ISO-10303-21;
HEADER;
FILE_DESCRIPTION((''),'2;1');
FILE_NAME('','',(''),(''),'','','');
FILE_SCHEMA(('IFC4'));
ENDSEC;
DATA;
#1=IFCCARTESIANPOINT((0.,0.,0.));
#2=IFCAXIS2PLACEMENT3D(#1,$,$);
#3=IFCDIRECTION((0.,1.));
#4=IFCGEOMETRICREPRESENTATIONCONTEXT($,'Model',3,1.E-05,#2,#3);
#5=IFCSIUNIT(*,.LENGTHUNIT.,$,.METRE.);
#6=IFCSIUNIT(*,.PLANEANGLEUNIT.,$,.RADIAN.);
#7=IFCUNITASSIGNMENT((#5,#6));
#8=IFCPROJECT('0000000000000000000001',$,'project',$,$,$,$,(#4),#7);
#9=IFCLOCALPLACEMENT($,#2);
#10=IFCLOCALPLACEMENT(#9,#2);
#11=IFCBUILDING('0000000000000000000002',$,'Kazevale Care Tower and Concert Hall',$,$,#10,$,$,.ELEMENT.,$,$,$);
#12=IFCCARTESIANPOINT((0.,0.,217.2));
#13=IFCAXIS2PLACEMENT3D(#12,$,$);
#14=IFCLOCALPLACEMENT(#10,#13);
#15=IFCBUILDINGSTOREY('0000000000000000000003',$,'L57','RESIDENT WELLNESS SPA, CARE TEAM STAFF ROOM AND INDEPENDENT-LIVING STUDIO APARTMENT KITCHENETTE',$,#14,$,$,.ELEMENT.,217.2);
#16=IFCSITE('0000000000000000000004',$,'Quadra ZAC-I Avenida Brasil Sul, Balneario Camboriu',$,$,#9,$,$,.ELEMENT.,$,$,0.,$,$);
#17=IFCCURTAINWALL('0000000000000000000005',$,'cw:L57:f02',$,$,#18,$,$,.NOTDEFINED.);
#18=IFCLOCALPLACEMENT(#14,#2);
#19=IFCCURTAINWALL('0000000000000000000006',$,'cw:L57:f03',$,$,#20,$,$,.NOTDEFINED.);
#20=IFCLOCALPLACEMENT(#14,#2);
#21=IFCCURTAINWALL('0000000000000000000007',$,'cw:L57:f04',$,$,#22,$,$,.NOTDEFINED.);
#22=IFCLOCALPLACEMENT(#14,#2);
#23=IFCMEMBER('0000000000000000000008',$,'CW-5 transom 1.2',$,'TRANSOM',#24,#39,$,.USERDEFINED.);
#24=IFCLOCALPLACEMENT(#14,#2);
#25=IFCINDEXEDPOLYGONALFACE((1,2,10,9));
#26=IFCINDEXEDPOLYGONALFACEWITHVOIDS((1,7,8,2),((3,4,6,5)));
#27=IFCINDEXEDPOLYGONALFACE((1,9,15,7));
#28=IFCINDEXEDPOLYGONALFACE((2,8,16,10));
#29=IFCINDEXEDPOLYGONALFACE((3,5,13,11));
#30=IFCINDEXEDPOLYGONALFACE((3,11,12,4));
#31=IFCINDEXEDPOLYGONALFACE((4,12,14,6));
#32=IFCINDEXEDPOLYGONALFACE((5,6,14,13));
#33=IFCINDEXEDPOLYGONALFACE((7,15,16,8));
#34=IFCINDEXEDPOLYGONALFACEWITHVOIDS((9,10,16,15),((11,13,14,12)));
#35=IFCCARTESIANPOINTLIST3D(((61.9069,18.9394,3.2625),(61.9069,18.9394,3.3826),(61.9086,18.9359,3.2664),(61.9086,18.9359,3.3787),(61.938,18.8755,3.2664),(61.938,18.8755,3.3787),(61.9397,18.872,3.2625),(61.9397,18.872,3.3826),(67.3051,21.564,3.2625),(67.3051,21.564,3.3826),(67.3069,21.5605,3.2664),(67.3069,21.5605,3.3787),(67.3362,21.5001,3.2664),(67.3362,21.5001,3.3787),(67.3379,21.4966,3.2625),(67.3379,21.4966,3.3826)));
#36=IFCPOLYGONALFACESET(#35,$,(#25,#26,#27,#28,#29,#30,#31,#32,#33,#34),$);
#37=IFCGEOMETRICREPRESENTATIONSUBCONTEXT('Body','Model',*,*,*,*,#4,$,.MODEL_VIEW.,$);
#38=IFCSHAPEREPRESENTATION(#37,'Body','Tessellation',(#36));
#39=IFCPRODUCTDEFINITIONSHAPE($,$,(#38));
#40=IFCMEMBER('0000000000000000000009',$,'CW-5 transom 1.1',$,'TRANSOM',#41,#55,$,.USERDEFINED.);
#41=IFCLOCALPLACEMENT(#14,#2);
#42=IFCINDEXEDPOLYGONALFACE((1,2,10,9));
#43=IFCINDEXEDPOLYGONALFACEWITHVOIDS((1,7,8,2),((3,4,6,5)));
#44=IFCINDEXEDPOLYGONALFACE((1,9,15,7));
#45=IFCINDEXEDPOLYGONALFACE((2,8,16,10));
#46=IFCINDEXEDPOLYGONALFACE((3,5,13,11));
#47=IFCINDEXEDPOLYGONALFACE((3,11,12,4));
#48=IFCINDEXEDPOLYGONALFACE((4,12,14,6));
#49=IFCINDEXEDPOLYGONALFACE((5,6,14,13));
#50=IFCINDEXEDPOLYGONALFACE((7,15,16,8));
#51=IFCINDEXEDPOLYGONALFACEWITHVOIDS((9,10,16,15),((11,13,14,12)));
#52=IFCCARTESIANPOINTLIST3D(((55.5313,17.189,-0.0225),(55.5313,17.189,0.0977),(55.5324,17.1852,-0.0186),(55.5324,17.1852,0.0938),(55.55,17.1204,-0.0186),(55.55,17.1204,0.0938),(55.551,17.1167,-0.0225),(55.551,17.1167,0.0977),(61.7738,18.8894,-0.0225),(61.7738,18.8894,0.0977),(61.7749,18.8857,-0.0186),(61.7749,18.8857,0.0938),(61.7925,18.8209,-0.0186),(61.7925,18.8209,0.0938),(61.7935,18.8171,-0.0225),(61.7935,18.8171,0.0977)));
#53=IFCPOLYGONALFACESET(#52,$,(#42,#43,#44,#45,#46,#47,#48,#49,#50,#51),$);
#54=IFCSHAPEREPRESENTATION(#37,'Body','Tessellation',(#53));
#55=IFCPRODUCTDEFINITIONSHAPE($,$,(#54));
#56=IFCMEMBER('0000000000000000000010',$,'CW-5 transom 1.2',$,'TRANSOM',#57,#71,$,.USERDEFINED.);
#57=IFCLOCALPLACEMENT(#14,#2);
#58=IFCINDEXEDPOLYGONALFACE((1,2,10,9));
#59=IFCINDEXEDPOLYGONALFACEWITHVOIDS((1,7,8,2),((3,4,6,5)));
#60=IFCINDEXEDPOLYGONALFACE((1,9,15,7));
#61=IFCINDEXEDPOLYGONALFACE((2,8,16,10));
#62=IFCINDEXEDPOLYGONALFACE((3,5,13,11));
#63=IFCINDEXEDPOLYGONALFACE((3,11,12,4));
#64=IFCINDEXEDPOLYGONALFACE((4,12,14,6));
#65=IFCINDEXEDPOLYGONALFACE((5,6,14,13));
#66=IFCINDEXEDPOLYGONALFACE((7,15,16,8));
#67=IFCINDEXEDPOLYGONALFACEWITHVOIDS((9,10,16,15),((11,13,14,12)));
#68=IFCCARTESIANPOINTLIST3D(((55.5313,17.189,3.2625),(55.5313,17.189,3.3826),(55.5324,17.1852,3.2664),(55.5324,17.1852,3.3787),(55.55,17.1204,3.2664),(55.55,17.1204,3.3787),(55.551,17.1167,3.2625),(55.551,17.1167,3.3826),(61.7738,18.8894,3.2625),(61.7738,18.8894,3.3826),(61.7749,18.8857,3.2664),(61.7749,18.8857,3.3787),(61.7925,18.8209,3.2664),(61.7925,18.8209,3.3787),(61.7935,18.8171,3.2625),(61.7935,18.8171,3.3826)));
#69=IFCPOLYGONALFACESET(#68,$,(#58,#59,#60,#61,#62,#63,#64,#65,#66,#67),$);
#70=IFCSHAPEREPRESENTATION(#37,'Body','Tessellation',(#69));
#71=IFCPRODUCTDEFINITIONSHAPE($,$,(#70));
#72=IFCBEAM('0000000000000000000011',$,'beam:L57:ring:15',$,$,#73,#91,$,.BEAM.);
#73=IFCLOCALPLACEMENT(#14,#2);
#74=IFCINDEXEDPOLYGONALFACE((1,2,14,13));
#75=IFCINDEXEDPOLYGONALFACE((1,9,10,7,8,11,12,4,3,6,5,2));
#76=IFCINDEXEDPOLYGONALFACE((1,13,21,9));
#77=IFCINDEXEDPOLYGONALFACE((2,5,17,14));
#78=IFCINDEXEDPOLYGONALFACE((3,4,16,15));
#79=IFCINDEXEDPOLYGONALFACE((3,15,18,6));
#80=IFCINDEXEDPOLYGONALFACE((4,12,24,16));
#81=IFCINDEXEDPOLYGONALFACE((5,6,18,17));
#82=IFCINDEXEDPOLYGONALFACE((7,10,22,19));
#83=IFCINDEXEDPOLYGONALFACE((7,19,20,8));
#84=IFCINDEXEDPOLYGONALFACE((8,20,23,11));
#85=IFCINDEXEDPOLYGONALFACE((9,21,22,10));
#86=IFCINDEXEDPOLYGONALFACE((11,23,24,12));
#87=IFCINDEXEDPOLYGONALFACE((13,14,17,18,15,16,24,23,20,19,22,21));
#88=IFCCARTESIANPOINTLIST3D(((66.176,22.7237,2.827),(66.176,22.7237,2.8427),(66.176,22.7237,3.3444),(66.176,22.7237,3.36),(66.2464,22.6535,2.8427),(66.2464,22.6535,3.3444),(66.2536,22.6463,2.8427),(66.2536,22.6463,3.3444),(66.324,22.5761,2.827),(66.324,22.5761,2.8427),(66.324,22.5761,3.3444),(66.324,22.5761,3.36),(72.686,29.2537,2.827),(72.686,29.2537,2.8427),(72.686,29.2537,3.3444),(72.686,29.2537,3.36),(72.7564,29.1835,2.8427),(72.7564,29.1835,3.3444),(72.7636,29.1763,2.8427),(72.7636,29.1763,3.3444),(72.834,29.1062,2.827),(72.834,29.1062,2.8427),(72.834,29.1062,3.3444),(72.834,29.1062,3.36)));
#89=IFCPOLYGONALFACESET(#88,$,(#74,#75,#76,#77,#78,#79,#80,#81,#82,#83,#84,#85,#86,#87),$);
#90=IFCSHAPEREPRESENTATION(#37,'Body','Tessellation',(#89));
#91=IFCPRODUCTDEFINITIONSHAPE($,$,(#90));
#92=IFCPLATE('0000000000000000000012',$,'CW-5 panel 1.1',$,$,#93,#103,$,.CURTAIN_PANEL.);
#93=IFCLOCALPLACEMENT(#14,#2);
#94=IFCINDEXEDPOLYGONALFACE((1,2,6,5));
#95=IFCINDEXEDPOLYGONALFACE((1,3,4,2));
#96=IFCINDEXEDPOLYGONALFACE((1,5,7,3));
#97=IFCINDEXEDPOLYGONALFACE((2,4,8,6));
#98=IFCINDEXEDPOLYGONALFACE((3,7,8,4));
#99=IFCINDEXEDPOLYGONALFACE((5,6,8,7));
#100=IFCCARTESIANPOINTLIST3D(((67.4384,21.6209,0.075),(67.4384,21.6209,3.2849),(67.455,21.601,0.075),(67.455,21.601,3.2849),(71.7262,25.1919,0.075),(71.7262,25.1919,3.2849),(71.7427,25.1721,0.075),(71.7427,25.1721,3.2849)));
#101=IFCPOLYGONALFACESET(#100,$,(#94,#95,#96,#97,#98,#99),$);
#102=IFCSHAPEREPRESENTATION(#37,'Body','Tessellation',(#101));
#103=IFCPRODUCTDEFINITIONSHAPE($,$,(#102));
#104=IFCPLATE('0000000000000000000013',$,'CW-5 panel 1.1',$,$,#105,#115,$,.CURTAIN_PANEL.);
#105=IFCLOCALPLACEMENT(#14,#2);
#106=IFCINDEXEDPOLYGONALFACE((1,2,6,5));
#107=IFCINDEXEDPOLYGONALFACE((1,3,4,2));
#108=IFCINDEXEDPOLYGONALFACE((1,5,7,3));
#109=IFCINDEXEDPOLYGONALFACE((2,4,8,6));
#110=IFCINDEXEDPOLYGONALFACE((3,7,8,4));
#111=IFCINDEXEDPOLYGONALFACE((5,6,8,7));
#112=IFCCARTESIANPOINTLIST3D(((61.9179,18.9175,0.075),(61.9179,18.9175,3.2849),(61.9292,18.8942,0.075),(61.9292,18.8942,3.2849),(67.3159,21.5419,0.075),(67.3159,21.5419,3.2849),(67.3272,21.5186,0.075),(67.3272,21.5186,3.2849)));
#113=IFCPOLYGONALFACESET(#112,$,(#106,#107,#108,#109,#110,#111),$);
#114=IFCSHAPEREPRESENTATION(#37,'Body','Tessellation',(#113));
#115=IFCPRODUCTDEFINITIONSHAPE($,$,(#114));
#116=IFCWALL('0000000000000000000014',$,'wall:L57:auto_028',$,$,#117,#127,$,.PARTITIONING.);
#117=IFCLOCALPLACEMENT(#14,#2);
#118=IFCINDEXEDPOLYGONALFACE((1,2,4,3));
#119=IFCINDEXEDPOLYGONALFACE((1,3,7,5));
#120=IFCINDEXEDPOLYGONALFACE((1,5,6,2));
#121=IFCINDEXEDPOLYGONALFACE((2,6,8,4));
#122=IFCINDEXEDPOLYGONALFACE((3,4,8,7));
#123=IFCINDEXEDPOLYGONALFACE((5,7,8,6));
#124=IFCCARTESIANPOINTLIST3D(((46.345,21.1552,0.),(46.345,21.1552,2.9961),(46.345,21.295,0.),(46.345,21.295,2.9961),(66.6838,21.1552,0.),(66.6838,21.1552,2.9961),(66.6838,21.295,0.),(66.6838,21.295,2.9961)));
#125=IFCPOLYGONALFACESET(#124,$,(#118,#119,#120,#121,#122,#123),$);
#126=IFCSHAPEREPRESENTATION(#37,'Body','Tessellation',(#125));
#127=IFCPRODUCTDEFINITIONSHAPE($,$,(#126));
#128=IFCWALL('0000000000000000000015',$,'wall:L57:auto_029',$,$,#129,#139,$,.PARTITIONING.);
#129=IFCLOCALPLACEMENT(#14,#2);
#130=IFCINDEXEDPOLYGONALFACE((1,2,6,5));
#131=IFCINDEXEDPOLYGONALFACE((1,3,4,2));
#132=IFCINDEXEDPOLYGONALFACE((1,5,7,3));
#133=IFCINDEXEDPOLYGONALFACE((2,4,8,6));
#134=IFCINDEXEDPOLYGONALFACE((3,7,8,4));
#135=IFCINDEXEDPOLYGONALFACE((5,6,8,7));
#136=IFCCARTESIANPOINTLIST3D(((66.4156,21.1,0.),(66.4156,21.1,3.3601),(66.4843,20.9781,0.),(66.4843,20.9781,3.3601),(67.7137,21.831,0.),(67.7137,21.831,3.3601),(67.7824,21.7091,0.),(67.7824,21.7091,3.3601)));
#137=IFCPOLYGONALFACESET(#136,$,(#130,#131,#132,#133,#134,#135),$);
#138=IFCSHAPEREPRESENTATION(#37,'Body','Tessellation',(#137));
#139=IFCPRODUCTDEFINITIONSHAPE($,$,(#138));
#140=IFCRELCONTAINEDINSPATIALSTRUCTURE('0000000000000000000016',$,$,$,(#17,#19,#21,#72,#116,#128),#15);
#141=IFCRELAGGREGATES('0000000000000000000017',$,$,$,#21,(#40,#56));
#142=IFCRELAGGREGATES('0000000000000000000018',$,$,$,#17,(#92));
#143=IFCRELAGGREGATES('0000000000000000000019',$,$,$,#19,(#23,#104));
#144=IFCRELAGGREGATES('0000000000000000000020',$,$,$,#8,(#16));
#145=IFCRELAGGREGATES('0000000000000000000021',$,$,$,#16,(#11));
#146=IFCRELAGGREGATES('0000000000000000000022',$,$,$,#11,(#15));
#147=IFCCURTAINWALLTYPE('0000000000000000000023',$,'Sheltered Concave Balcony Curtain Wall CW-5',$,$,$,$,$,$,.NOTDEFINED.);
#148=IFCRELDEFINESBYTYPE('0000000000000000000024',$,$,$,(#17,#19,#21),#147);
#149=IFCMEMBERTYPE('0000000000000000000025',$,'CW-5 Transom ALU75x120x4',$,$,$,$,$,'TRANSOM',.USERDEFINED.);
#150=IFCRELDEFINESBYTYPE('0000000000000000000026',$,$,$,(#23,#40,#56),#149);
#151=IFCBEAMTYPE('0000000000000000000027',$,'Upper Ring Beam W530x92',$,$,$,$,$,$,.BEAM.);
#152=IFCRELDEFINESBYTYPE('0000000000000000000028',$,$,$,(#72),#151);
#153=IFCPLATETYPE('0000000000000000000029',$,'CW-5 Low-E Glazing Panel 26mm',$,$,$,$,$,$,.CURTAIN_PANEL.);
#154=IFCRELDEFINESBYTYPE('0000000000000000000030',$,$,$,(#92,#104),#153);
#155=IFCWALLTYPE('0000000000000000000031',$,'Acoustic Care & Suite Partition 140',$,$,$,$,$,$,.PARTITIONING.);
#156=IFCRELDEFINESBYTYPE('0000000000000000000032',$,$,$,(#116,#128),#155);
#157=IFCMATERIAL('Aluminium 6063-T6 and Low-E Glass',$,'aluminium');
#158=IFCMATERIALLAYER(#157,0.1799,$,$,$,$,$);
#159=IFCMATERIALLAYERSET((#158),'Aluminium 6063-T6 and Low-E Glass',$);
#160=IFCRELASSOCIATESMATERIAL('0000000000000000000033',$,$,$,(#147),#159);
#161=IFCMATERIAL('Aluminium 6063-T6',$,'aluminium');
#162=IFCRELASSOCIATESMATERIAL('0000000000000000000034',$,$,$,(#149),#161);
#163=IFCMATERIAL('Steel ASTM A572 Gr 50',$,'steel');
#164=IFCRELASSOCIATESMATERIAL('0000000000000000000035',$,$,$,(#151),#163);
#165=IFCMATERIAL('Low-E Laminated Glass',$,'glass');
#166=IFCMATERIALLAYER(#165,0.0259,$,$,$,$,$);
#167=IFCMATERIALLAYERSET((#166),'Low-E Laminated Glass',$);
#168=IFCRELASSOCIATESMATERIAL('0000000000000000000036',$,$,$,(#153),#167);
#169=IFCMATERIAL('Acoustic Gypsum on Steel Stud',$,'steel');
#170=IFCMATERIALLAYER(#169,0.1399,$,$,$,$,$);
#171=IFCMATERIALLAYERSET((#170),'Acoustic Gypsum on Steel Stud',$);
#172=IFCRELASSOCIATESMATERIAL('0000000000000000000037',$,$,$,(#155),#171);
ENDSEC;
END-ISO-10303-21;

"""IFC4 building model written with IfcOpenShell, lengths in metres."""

from ifc_helpers import new_model, si_unit, direction, frame, frame_2d, origin, origin_2d, place, context, subcontext, project, spatial, rectangle, hollow_rectangle, i_section, extrude, material, layer, layer_set, material_profile, profile_set, type_object, element, aggregate, save


model = new_model("IFC4")

# Units and contexts
model_context = context("Model", 3, precision=1e-05, world=origin(), true_north=direction((0.0, 1.0)))
body_context = subcontext(model_context, "Body", "Model", "MODEL_VIEW")
ifc_project = project(units=[si_unit("LENGTHUNIT", "METRE"), si_unit("PLANEANGLEUNIT", "RADIAN")], contexts=[model_context])

# Site, building, storey
site_placement = place(None, origin())
site = spatial("IfcSite", under=ifc_project, at=site_placement, Name="Quadra ZAC-I Avenida Brasil Sul, Balneario Camboriu", CompositionType="ELEMENT", RefElevation=0.0)
building_placement = place(site_placement, origin())
building = spatial("IfcBuilding", under=site, at=building_placement, Name="Kazevale Care Tower and Concert Hall", CompositionType="ELEMENT")
storey_placement = place(building_placement, frame((0.0, 0.0, 217.2)))
storey = spatial("IfcBuildingStorey", under=building, at=storey_placement, Name="L57", Description="RESIDENT WELLNESS SPA, CARE TEAM STAFF ROOM AND INDEPENDENT-LIVING STUDIO APARTMENT KITCHENETTE", CompositionType="ELEMENT", Elevation=217.2)

# Curtain walls
ifc_material_1 = material(Name="Aluminium 6063-T6 and Low-E Glass", Category="aluminium")
ifc_layer_1 = layer(ifc_material_1, 0.1799)
ifc_layer_set_1 = layer_set([ifc_layer_1], Name="Aluminium 6063-T6 and Low-E Glass")
curtain_wall_type = type_object("IfcCurtainWallType", Name="Sheltered Concave Balcony Curtain Wall CW-5", PredefinedType="NOTDEFINED", material=ifc_layer_set_1)
curtain_wall_1_placement = place(storey_placement, origin())
curtain_wall_1 = element("IfcCurtainWall", 1, at=curtain_wall_1_placement, inside=storey, type_object=curtain_wall_type, Name="cw:L57:f02", PredefinedType="NOTDEFINED")
ifc_material_2 = material(Name="Aluminium 6063-T6", Category="aluminium")
curtain_wall_2_placement = place(storey_placement, origin())
curtain_wall_2 = element("IfcCurtainWall", 2, at=curtain_wall_2_placement, inside=storey, type_object=curtain_wall_type, Name="cw:L57:f03", PredefinedType="NOTDEFINED")

# Curtain wall
curtain_wall_3_placement = place(storey_placement, origin())
curtain_wall_3 = element("IfcCurtainWall", 3, at=curtain_wall_3_placement, inside=storey, type_object=curtain_wall_type, Name="cw:L57:f04", PredefinedType="NOTDEFINED")

# Members
ifc_material_profile_1 = material_profile(ifc_material_2, hollow_rectangle(XDim=0.075, YDim=0.1201, WallThickness=0.0039, at=origin_2d()), Name="ALU75x120x4")
ifc_profile_set_1 = profile_set([ifc_material_profile_1], Name="Aluminium 6063-T6")
member_type_1 = type_object("IfcMemberType", Name="CW-5 Transom ALU75x120x4", ElementType="TRANSOM", PredefinedType="USERDEFINED", material=ifc_profile_set_1)
member_1_placement = place(storey_placement, frame((67.3215, 21.5303, 3.3225), z_axis=(-0.899342, -0.437245, 0.0), x_axis=(0.437245, -0.899342, 0.0)))
member_1 = element("IfcMember", 4, at=member_1_placement, type_object=member_type_1, Name="CW-5 transom 1.2", ObjectType="TRANSOM", PredefinedType="USERDEFINED", context=body_context, shape_type="SweptSolid", body=[
    extrude(hollow_rectangle(XDim=0.075, YDim=0.1201, WallThickness=0.0039, at=origin_2d()), origin(), (0.0, 0.0, 1.0), 6.0024),
])
member_2_placement = place(storey_placement, frame((61.7837, 18.8533, 0.0376), z_axis=(-0.964844, -0.262824, 0.0), x_axis=(0.262824, -0.964844, 0.0)))
member_2 = element("IfcMember", 5, at=member_2_placement, type_object=member_type_1, Name="CW-5 transom 1.1", ObjectType="TRANSOM", PredefinedType="USERDEFINED", context=body_context, shape_type="SweptSolid", body=[
    extrude(hollow_rectangle(XDim=0.075, YDim=0.1201, WallThickness=0.0039, at=origin_2d()), origin(), (0.0, 0.0, 1.0), 6.47),
])
member_3_placement = place(storey_placement, frame((61.7837, 18.8533, 3.3225), z_axis=(-0.964844, -0.262824, 0.0), x_axis=(0.262824, -0.964844, 0.0)))
member_3 = element("IfcMember", 6, at=member_3_placement, type_object=member_type_1, Name="CW-5 transom 1.2", ObjectType="TRANSOM", PredefinedType="USERDEFINED", context=body_context, shape_type="SweptSolid", body=[
    extrude(hollow_rectangle(XDim=0.075, YDim=0.1201, WallThickness=0.0039, at=origin_2d()), origin(), (0.0, 0.0, 1.0), 6.47),
])
aggregate(curtain_wall_3, [member_2, member_3])

# Beam
ifc_material_3 = material(Name="Steel ASTM A572 Gr 50", Category="steel")
ifc_material_profile_2 = material_profile(ifc_material_3, i_section(OverallWidth=0.209, OverallDepth=0.533, WebThickness=0.0103, FlangeThickness=0.0156, at=origin_2d()), Name="W530x92")
ifc_profile_set_2 = profile_set([ifc_material_profile_2], Name="Steel ASTM A572 Gr 50")
beam_type = type_object("IfcBeamType", Name="Upper Ring Beam W530x92", PredefinedType="BEAM", material=ifc_profile_set_2)
beam_placement = place(storey_placement, frame((66.25, 22.6499, 3.0935), z_axis=(0.70602, 0.708192, 0.0), x_axis=(-0.708192, 0.70602, 0.0)))
element("IfcBeam", 7, at=beam_placement, inside=storey, type_object=beam_type, Name="beam:L57:ring:15", PredefinedType="BEAM", context=body_context, shape_type="SweptSolid", body=[
    extrude(i_section(OverallWidth=0.209, OverallDepth=0.533, WebThickness=0.0103, FlangeThickness=0.0156, at=origin_2d()), origin(), (0.0, 0.0, 1.0), 9.2207),
])

# Plates
ifc_material_4 = material(Name="Low-E Laminated Glass", Category="glass")
ifc_layer_2 = layer(ifc_material_4, 0.0259)
ifc_layer_set_2 = layer_set([ifc_layer_2], Name="Low-E Laminated Glass")
plate_type = type_object("IfcPlateType", Name="CW-5 Low-E Glazing Panel 26mm", PredefinedType="CURTAIN_PANEL", material=ifc_layer_set_2)
plate_1_placement = place(storey_placement, frame((69.5906, 23.3965, 0.075), z_axis=(0.0, 0.0, 1.0), x_axis=(-0.768407, -0.639961, 0.0)))
plate_1 = element("IfcPlate", 8, at=plate_1_placement, type_object=plate_type, Name="CW-5 panel 1.1", PredefinedType="CURTAIN_PANEL", context=body_context, shape_type="SweptSolid", body=[
    extrude(rectangle(XDim=5.5801, YDim=0.0259, at=origin_2d()), origin(), (0.0, 0.0, 1.0), 3.21),
])
aggregate(curtain_wall_1, [plate_1])
plate_2_placement = place(storey_placement, frame((64.6226, 20.218, 0.075), z_axis=(0.0, 0.0, 1.0), x_axis=(-0.899346, -0.437238, 0.0)))
plate_2 = element("IfcPlate", 9, at=plate_2_placement, type_object=plate_type, Name="CW-5 panel 1.1", PredefinedType="CURTAIN_PANEL", context=body_context, shape_type="SweptSolid", body=[
    extrude(rectangle(XDim=6.0022, YDim=0.0259, at=origin_2d()), origin(), (0.0, 0.0, 1.0), 3.21),
])
aggregate(curtain_wall_2, [member_1, plate_2])

# Walls
ifc_material_5 = material(Name="Acoustic Gypsum on Steel Stud", Category="steel")
ifc_layer_3 = layer(ifc_material_5, 0.1399)
ifc_layer_set_3 = layer_set([ifc_layer_3], Name="Acoustic Gypsum on Steel Stud")
wall_type = type_object("IfcWallType", Name="Acoustic Care & Suite Partition 140", PredefinedType="PARTITIONING", material=ifc_layer_set_3)
wall_1_placement = place(storey_placement, frame((66.6838, 21.2251, 0.0), z_axis=(0.0, 0.0, 1.0), x_axis=(-1.0, 0.0, 0.0)))
element("IfcWall", 10, at=wall_1_placement, inside=storey, type_object=wall_type, Name="wall:L57:auto_028", PredefinedType="PARTITIONING", context=body_context, shape_type="SweptSolid", body=[
    extrude(rectangle(XDim=20.3389, YDim=0.1399, at=frame_2d((10.1694, 0.0))), origin(), (0.0, 0.0, 1.0), 2.9961),
])
wall_2_placement = place(storey_placement, frame((67.748, 21.77, 0.0), z_axis=(0.0, 0.0, 1.0), x_axis=(-0.871352, -0.490658, 0.0)))
element("IfcWall", 11, at=wall_2_placement, inside=storey, type_object=wall_type, Name="wall:L57:auto_029", PredefinedType="PARTITIONING", context=body_context, shape_type="SweptSolid", body=[
    extrude(rectangle(XDim=1.4897, YDim=0.1399, at=frame_2d((0.7449, 0.0))), origin(), (0.0, 0.0, 1.0), 3.3601),
])

save(model, "model.ifc")
